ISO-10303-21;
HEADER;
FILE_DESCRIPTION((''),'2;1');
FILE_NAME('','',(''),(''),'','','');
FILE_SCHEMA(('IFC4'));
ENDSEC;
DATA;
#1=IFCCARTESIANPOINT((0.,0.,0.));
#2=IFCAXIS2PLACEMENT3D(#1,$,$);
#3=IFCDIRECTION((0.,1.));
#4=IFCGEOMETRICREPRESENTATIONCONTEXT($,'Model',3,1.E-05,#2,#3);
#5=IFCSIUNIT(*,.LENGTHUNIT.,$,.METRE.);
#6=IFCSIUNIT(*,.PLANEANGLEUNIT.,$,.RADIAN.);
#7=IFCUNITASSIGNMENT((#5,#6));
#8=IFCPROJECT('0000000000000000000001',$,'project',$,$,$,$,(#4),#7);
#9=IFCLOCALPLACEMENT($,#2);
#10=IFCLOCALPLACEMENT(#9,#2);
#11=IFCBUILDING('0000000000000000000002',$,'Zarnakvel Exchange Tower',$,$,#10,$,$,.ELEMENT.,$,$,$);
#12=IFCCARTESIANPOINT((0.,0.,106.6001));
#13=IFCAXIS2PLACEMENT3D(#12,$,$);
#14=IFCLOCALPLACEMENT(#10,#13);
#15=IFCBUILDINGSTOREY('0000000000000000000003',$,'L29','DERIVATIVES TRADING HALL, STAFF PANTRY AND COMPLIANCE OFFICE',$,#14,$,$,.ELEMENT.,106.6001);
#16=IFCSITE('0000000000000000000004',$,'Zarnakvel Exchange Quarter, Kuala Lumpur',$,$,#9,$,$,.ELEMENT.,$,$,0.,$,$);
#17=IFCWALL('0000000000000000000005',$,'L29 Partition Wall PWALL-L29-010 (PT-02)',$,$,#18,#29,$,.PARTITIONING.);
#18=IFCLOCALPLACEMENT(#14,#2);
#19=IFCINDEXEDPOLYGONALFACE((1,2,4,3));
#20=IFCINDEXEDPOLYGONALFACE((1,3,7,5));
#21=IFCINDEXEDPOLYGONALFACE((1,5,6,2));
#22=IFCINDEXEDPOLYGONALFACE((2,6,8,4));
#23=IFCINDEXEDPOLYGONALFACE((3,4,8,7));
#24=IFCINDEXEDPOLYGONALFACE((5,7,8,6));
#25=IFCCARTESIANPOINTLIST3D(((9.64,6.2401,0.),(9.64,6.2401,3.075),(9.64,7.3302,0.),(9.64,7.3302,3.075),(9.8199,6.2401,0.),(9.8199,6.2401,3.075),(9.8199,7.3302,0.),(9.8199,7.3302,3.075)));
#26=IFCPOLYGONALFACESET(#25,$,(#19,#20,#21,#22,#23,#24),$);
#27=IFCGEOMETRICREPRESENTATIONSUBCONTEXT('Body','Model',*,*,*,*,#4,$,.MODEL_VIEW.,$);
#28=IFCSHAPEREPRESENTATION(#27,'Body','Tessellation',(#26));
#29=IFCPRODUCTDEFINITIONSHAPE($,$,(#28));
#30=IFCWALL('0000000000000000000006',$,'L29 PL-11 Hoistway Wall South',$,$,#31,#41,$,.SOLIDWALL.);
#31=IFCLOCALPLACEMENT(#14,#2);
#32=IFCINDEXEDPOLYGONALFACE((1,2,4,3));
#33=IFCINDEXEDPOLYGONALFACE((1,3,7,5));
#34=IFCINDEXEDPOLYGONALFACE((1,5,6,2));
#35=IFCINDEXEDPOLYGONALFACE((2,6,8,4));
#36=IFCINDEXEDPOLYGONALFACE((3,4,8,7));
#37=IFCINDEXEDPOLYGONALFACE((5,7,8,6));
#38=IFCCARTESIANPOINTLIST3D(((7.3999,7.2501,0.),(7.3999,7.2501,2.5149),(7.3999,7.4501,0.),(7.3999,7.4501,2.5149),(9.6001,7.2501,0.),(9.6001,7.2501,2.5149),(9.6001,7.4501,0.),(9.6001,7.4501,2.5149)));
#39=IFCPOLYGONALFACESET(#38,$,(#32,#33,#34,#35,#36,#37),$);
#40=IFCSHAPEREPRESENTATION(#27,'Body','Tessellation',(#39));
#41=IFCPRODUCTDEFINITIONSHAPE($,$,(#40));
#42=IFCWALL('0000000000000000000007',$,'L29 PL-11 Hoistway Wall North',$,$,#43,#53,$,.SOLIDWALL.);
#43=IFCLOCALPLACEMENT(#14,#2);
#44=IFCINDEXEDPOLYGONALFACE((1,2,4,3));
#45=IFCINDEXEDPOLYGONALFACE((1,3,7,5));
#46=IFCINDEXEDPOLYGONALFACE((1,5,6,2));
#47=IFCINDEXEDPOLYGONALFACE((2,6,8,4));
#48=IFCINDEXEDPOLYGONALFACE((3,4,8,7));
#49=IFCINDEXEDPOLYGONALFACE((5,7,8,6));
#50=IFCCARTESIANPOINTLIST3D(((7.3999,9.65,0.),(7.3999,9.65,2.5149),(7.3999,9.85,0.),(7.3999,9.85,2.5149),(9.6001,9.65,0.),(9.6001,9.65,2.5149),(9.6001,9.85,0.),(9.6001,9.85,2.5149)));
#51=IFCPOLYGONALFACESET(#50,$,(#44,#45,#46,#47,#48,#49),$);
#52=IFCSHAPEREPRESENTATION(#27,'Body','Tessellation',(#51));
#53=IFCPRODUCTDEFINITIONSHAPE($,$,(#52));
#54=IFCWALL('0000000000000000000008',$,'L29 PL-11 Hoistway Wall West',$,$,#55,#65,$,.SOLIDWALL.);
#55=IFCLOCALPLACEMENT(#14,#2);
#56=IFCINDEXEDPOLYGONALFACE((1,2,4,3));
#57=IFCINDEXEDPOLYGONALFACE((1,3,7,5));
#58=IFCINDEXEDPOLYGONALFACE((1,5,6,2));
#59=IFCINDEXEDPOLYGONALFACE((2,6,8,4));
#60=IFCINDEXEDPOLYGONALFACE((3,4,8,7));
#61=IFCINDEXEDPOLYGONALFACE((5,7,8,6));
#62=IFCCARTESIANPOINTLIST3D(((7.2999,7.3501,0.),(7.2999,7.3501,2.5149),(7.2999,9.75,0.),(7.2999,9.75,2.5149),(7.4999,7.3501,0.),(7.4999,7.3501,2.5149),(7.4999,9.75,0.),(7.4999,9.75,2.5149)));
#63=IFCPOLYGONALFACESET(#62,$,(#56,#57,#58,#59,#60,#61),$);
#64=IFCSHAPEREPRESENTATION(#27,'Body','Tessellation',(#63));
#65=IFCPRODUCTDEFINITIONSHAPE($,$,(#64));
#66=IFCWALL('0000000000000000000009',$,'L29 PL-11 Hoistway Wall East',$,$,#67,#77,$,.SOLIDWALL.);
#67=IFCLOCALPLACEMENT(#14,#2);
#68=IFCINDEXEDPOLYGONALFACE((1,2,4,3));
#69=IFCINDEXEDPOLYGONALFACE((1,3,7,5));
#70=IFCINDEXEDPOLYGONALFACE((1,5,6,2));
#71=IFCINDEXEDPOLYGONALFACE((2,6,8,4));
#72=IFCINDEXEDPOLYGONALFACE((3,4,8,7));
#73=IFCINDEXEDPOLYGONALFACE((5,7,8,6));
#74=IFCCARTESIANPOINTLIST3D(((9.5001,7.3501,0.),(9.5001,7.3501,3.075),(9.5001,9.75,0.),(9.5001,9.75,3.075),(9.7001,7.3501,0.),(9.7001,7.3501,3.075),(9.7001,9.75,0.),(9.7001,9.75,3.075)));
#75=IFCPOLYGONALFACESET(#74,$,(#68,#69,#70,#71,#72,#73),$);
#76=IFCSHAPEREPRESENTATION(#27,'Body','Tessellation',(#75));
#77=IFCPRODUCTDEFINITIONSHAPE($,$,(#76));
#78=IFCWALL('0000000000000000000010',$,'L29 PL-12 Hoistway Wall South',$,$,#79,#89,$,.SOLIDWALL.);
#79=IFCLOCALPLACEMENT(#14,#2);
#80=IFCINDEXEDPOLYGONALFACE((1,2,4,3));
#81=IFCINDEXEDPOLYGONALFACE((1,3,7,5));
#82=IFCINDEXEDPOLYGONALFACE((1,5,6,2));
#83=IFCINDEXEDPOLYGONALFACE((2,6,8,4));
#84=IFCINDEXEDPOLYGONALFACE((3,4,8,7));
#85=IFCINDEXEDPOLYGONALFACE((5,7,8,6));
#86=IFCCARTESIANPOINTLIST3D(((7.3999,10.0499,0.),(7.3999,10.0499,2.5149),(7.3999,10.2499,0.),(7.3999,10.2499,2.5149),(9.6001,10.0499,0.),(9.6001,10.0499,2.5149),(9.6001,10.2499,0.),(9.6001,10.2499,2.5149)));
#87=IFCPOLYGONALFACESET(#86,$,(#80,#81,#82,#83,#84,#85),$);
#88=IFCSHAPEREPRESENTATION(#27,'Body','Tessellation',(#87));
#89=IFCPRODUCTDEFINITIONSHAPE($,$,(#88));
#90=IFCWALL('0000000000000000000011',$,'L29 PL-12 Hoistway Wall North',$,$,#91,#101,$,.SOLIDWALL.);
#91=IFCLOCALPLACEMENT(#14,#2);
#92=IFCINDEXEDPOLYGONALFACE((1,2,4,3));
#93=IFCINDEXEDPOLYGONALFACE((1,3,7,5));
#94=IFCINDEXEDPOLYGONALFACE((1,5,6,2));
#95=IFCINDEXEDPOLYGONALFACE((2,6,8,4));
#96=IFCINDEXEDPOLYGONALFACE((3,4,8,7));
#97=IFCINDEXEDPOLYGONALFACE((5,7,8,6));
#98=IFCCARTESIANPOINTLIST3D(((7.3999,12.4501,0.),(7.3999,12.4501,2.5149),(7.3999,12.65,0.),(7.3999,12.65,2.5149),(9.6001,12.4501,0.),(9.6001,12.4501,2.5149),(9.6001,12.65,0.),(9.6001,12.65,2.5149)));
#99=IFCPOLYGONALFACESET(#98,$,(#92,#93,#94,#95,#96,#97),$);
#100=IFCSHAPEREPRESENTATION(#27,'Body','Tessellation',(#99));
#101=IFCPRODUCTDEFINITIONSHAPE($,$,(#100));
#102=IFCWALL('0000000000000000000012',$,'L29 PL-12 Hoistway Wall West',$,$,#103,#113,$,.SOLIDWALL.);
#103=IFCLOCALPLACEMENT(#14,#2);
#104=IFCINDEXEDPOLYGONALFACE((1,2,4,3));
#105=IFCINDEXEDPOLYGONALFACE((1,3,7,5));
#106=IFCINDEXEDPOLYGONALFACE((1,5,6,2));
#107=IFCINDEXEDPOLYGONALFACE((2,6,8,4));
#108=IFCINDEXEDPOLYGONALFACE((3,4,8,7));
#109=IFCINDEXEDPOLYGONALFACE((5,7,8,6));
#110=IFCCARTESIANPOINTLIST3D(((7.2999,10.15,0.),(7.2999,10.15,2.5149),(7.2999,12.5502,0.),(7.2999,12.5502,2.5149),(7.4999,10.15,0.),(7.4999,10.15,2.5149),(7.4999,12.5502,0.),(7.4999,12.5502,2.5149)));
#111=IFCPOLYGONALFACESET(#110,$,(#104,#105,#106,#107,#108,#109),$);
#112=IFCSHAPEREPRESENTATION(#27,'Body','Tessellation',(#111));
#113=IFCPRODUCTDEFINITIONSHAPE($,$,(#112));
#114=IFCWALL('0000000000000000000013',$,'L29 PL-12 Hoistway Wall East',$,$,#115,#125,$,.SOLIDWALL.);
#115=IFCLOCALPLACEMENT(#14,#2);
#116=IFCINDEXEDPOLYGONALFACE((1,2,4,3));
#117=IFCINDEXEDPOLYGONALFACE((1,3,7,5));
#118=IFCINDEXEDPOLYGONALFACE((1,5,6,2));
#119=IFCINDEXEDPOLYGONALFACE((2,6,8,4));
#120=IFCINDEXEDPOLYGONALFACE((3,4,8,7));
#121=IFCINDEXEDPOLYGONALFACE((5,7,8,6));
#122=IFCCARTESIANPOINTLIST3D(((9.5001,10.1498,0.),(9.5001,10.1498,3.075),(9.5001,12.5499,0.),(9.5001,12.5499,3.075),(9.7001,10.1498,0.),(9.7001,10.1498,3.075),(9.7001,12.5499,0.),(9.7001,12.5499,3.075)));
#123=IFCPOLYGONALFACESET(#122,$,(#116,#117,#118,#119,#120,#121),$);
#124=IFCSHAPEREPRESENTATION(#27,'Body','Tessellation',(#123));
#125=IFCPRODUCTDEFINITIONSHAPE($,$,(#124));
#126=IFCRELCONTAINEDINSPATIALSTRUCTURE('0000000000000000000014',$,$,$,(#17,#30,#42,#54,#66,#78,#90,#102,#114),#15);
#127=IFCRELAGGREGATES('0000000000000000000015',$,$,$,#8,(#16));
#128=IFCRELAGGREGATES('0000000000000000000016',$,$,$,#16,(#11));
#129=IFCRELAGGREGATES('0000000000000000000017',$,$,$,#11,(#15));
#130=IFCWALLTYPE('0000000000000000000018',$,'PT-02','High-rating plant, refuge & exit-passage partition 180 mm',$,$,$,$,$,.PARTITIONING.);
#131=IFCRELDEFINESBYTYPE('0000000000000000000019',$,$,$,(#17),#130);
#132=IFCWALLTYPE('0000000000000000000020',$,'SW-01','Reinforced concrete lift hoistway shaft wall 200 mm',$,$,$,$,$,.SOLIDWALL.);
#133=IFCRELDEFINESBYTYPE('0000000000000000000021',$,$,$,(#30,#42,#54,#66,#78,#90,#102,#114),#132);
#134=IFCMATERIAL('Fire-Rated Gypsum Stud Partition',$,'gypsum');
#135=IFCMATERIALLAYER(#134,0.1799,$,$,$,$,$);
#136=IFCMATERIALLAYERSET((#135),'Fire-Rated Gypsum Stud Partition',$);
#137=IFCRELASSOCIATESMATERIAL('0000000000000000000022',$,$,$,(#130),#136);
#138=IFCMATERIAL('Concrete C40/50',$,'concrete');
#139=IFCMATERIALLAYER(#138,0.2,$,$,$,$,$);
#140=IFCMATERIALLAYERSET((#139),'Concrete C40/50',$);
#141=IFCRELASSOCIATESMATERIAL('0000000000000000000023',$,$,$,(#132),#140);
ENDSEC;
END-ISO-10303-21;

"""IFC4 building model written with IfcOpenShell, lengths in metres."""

from ifc_helpers import new_model, si_unit, direction, frame, frame_2d, origin, place, context, subcontext, project, spatial, rectangle, extrude, material, layer, layer_set, type_object, element, save


model = new_model("IFC4")

# Units and contexts
model_context = context("Model", 3, precision=1e-05, world=origin(), true_north=direction((0.0, 1.0)))
body_context = subcontext(model_context, "Body", "Model", "MODEL_VIEW")
ifc_project = project(units=[si_unit("LENGTHUNIT", "METRE"), si_unit("PLANEANGLEUNIT", "RADIAN")], contexts=[model_context])

# Site, building, storey
site_placement = place(None, origin())
site = spatial("IfcSite", under=ifc_project, at=site_placement, Name="Zarnakvel Exchange Quarter, Kuala Lumpur", CompositionType="ELEMENT", RefElevation=0.0)
building_placement = place(site_placement, origin())
building = spatial("IfcBuilding", under=site, at=building_placement, Name="Zarnakvel Exchange Tower", CompositionType="ELEMENT")
storey_placement = place(building_placement, frame((0.0, 0.0, 106.6001)))
storey = spatial("IfcBuildingStorey", under=building, at=storey_placement, Name="L29", Description="DERIVATIVES TRADING HALL, STAFF PANTRY AND COMPLIANCE OFFICE", CompositionType="ELEMENT", Elevation=106.6001)

# Shared definitions
ifc_material_1 = material(Name="Fire-Rated Gypsum Stud Partition", Category="gypsum")

# Walls
ifc_layer_1 = layer(ifc_material_1, 0.1799)
ifc_layer_set_1 = layer_set([ifc_layer_1], Name="Fire-Rated Gypsum Stud Partition")
wall_type_1 = type_object("IfcWallType", Name="PT-02", Description="High-rating plant, refuge & exit-passage partition 180 mm", PredefinedType="PARTITIONING", material=ifc_layer_set_1)
wall_1_placement = place(storey_placement, frame((9.73, 7.3301, 0.0), z_axis=(0.0, 0.0, 1.0), x_axis=(0.0, -1.0, 0.0)))
element("IfcWall", 1, at=wall_1_placement, inside=storey, type_object=wall_type_1, Name="L29 Partition Wall PWALL-L29-010 (PT-02)", PredefinedType="PARTITIONING", context=body_context, shape_type="SweptSolid", body=[
    extrude(rectangle(XDim=1.0901, YDim=0.1799, at=frame_2d((0.5449, 0.0))), origin(), (0.0, 0.0, 1.0), 3.075),
])
ifc_material_2 = material(Name="Concrete C40/50", Category="concrete")
ifc_layer_2 = layer(ifc_material_2, 0.2)
ifc_layer_set_2 = layer_set([ifc_layer_2], Name="Concrete C40/50")
wall_type_2 = type_object("IfcWallType", Name="SW-01", Description="Reinforced concrete lift hoistway shaft wall 200 mm", PredefinedType="SOLIDWALL", material=ifc_layer_set_2)
for number, where, z_axis, x_axis, name in (
    (2, (9.6001, 7.3501, 0.0), (0.0, 0.0, 1.0), (-1.0, 0.0, 0.0), "L29 PL-11 Hoistway Wall South"),
    (3, (7.3999, 9.75, 0.0), (0.0, 0.0, 1.0), (1.0, 0.0, 0.0), "L29 PL-11 Hoistway Wall North"),
):
    element("IfcWall", number, at=place(storey_placement, frame(where, z_axis=z_axis, x_axis=x_axis)), inside=storey, type_object=wall_type_2, Name=name, PredefinedType="SOLIDWALL", context=body_context, shape_type="SweptSolid", body=[
        extrude(rectangle(XDim=2.2002, YDim=0.2, at=frame_2d((1.1001, 0.0))), origin(), (0.0, 0.0, 1.0), 2.5149),
    ])
wall_2_placement = place(storey_placement, frame((7.3999, 7.3501, 0.0), z_axis=(0.0, 0.0, 1.0), x_axis=(0.0, 1.0, 0.0)))
element("IfcWall", 4, at=wall_2_placement, inside=storey, type_object=wall_type_2, Name="L29 PL-11 Hoistway Wall West", PredefinedType="SOLIDWALL", context=body_context, shape_type="SweptSolid", body=[
    extrude(rectangle(XDim=2.3999, YDim=0.2, at=frame_2d((1.2, 0.0))), origin(), (0.0, 0.0, 1.0), 2.5149),
])
wall_3_placement = place(storey_placement, frame((9.6001, 9.75, 0.0), z_axis=(0.0, 0.0, 1.0), x_axis=(0.0, -1.0, 0.0)))
element("IfcWall", 5, at=wall_3_placement, inside=storey, type_object=wall_type_2, Name="L29 PL-11 Hoistway Wall East", PredefinedType="SOLIDWALL", context=body_context, shape_type="SweptSolid", body=[
    extrude(rectangle(XDim=2.3999, YDim=0.2, at=frame_2d((1.2, 0.0))), origin(), (0.0, 0.0, 1.0), 3.075),
])
for number, where, z_axis, x_axis, name in (
    (6, (9.6001, 10.1499, 0.0), (0.0, 0.0, 1.0), (-1.0, 0.0, 0.0), "L29 PL-12 Hoistway Wall South"),
    (7, (7.3999, 12.55, 0.0), (0.0, 0.0, 1.0), (1.0, 0.0, 0.0), "L29 PL-12 Hoistway Wall North"),
):
    element("IfcWall", number, at=place(storey_placement, frame(where, z_axis=z_axis, x_axis=x_axis)), inside=storey, type_object=wall_type_2, Name=name, PredefinedType="SOLIDWALL", context=body_context, shape_type="SweptSolid", body=[
        extrude(rectangle(XDim=2.2002, YDim=0.2, at=frame_2d((1.1001, 0.0))), origin(), (0.0, 0.0, 1.0), 2.5149),
    ])
wall_4_placement = place(storey_placement, frame((7.3999, 10.1499, 0.0), z_axis=(0.0, 0.0, 1.0), x_axis=(0.0, 1.0, 0.0)))
element("IfcWall", 8, at=wall_4_placement, inside=storey, type_object=wall_type_2, Name="L29 PL-12 Hoistway Wall West", PredefinedType="SOLIDWALL", context=body_context, shape_type="SweptSolid", body=[
    extrude(rectangle(XDim=2.4001, YDim=0.2, at=frame_2d((1.2002, 0.0))), origin(), (0.0, 0.0, 1.0), 2.5149),
])
wall_5_placement = place(storey_placement, frame((9.6001, 12.55, 0.0), z_axis=(0.0, 0.0, 1.0), x_axis=(0.0, -1.0, 0.0)))
element("IfcWall", 9, at=wall_5_placement, inside=storey, type_object=wall_type_2, Name="L29 PL-12 Hoistway Wall East", PredefinedType="SOLIDWALL", context=body_context, shape_type="SweptSolid", body=[
    extrude(rectangle(XDim=2.4001, YDim=0.2, at=frame_2d((1.2002, 0.0))), origin(), (0.0, 0.0, 1.0), 3.075),
])

save(model, "model.ifc")
